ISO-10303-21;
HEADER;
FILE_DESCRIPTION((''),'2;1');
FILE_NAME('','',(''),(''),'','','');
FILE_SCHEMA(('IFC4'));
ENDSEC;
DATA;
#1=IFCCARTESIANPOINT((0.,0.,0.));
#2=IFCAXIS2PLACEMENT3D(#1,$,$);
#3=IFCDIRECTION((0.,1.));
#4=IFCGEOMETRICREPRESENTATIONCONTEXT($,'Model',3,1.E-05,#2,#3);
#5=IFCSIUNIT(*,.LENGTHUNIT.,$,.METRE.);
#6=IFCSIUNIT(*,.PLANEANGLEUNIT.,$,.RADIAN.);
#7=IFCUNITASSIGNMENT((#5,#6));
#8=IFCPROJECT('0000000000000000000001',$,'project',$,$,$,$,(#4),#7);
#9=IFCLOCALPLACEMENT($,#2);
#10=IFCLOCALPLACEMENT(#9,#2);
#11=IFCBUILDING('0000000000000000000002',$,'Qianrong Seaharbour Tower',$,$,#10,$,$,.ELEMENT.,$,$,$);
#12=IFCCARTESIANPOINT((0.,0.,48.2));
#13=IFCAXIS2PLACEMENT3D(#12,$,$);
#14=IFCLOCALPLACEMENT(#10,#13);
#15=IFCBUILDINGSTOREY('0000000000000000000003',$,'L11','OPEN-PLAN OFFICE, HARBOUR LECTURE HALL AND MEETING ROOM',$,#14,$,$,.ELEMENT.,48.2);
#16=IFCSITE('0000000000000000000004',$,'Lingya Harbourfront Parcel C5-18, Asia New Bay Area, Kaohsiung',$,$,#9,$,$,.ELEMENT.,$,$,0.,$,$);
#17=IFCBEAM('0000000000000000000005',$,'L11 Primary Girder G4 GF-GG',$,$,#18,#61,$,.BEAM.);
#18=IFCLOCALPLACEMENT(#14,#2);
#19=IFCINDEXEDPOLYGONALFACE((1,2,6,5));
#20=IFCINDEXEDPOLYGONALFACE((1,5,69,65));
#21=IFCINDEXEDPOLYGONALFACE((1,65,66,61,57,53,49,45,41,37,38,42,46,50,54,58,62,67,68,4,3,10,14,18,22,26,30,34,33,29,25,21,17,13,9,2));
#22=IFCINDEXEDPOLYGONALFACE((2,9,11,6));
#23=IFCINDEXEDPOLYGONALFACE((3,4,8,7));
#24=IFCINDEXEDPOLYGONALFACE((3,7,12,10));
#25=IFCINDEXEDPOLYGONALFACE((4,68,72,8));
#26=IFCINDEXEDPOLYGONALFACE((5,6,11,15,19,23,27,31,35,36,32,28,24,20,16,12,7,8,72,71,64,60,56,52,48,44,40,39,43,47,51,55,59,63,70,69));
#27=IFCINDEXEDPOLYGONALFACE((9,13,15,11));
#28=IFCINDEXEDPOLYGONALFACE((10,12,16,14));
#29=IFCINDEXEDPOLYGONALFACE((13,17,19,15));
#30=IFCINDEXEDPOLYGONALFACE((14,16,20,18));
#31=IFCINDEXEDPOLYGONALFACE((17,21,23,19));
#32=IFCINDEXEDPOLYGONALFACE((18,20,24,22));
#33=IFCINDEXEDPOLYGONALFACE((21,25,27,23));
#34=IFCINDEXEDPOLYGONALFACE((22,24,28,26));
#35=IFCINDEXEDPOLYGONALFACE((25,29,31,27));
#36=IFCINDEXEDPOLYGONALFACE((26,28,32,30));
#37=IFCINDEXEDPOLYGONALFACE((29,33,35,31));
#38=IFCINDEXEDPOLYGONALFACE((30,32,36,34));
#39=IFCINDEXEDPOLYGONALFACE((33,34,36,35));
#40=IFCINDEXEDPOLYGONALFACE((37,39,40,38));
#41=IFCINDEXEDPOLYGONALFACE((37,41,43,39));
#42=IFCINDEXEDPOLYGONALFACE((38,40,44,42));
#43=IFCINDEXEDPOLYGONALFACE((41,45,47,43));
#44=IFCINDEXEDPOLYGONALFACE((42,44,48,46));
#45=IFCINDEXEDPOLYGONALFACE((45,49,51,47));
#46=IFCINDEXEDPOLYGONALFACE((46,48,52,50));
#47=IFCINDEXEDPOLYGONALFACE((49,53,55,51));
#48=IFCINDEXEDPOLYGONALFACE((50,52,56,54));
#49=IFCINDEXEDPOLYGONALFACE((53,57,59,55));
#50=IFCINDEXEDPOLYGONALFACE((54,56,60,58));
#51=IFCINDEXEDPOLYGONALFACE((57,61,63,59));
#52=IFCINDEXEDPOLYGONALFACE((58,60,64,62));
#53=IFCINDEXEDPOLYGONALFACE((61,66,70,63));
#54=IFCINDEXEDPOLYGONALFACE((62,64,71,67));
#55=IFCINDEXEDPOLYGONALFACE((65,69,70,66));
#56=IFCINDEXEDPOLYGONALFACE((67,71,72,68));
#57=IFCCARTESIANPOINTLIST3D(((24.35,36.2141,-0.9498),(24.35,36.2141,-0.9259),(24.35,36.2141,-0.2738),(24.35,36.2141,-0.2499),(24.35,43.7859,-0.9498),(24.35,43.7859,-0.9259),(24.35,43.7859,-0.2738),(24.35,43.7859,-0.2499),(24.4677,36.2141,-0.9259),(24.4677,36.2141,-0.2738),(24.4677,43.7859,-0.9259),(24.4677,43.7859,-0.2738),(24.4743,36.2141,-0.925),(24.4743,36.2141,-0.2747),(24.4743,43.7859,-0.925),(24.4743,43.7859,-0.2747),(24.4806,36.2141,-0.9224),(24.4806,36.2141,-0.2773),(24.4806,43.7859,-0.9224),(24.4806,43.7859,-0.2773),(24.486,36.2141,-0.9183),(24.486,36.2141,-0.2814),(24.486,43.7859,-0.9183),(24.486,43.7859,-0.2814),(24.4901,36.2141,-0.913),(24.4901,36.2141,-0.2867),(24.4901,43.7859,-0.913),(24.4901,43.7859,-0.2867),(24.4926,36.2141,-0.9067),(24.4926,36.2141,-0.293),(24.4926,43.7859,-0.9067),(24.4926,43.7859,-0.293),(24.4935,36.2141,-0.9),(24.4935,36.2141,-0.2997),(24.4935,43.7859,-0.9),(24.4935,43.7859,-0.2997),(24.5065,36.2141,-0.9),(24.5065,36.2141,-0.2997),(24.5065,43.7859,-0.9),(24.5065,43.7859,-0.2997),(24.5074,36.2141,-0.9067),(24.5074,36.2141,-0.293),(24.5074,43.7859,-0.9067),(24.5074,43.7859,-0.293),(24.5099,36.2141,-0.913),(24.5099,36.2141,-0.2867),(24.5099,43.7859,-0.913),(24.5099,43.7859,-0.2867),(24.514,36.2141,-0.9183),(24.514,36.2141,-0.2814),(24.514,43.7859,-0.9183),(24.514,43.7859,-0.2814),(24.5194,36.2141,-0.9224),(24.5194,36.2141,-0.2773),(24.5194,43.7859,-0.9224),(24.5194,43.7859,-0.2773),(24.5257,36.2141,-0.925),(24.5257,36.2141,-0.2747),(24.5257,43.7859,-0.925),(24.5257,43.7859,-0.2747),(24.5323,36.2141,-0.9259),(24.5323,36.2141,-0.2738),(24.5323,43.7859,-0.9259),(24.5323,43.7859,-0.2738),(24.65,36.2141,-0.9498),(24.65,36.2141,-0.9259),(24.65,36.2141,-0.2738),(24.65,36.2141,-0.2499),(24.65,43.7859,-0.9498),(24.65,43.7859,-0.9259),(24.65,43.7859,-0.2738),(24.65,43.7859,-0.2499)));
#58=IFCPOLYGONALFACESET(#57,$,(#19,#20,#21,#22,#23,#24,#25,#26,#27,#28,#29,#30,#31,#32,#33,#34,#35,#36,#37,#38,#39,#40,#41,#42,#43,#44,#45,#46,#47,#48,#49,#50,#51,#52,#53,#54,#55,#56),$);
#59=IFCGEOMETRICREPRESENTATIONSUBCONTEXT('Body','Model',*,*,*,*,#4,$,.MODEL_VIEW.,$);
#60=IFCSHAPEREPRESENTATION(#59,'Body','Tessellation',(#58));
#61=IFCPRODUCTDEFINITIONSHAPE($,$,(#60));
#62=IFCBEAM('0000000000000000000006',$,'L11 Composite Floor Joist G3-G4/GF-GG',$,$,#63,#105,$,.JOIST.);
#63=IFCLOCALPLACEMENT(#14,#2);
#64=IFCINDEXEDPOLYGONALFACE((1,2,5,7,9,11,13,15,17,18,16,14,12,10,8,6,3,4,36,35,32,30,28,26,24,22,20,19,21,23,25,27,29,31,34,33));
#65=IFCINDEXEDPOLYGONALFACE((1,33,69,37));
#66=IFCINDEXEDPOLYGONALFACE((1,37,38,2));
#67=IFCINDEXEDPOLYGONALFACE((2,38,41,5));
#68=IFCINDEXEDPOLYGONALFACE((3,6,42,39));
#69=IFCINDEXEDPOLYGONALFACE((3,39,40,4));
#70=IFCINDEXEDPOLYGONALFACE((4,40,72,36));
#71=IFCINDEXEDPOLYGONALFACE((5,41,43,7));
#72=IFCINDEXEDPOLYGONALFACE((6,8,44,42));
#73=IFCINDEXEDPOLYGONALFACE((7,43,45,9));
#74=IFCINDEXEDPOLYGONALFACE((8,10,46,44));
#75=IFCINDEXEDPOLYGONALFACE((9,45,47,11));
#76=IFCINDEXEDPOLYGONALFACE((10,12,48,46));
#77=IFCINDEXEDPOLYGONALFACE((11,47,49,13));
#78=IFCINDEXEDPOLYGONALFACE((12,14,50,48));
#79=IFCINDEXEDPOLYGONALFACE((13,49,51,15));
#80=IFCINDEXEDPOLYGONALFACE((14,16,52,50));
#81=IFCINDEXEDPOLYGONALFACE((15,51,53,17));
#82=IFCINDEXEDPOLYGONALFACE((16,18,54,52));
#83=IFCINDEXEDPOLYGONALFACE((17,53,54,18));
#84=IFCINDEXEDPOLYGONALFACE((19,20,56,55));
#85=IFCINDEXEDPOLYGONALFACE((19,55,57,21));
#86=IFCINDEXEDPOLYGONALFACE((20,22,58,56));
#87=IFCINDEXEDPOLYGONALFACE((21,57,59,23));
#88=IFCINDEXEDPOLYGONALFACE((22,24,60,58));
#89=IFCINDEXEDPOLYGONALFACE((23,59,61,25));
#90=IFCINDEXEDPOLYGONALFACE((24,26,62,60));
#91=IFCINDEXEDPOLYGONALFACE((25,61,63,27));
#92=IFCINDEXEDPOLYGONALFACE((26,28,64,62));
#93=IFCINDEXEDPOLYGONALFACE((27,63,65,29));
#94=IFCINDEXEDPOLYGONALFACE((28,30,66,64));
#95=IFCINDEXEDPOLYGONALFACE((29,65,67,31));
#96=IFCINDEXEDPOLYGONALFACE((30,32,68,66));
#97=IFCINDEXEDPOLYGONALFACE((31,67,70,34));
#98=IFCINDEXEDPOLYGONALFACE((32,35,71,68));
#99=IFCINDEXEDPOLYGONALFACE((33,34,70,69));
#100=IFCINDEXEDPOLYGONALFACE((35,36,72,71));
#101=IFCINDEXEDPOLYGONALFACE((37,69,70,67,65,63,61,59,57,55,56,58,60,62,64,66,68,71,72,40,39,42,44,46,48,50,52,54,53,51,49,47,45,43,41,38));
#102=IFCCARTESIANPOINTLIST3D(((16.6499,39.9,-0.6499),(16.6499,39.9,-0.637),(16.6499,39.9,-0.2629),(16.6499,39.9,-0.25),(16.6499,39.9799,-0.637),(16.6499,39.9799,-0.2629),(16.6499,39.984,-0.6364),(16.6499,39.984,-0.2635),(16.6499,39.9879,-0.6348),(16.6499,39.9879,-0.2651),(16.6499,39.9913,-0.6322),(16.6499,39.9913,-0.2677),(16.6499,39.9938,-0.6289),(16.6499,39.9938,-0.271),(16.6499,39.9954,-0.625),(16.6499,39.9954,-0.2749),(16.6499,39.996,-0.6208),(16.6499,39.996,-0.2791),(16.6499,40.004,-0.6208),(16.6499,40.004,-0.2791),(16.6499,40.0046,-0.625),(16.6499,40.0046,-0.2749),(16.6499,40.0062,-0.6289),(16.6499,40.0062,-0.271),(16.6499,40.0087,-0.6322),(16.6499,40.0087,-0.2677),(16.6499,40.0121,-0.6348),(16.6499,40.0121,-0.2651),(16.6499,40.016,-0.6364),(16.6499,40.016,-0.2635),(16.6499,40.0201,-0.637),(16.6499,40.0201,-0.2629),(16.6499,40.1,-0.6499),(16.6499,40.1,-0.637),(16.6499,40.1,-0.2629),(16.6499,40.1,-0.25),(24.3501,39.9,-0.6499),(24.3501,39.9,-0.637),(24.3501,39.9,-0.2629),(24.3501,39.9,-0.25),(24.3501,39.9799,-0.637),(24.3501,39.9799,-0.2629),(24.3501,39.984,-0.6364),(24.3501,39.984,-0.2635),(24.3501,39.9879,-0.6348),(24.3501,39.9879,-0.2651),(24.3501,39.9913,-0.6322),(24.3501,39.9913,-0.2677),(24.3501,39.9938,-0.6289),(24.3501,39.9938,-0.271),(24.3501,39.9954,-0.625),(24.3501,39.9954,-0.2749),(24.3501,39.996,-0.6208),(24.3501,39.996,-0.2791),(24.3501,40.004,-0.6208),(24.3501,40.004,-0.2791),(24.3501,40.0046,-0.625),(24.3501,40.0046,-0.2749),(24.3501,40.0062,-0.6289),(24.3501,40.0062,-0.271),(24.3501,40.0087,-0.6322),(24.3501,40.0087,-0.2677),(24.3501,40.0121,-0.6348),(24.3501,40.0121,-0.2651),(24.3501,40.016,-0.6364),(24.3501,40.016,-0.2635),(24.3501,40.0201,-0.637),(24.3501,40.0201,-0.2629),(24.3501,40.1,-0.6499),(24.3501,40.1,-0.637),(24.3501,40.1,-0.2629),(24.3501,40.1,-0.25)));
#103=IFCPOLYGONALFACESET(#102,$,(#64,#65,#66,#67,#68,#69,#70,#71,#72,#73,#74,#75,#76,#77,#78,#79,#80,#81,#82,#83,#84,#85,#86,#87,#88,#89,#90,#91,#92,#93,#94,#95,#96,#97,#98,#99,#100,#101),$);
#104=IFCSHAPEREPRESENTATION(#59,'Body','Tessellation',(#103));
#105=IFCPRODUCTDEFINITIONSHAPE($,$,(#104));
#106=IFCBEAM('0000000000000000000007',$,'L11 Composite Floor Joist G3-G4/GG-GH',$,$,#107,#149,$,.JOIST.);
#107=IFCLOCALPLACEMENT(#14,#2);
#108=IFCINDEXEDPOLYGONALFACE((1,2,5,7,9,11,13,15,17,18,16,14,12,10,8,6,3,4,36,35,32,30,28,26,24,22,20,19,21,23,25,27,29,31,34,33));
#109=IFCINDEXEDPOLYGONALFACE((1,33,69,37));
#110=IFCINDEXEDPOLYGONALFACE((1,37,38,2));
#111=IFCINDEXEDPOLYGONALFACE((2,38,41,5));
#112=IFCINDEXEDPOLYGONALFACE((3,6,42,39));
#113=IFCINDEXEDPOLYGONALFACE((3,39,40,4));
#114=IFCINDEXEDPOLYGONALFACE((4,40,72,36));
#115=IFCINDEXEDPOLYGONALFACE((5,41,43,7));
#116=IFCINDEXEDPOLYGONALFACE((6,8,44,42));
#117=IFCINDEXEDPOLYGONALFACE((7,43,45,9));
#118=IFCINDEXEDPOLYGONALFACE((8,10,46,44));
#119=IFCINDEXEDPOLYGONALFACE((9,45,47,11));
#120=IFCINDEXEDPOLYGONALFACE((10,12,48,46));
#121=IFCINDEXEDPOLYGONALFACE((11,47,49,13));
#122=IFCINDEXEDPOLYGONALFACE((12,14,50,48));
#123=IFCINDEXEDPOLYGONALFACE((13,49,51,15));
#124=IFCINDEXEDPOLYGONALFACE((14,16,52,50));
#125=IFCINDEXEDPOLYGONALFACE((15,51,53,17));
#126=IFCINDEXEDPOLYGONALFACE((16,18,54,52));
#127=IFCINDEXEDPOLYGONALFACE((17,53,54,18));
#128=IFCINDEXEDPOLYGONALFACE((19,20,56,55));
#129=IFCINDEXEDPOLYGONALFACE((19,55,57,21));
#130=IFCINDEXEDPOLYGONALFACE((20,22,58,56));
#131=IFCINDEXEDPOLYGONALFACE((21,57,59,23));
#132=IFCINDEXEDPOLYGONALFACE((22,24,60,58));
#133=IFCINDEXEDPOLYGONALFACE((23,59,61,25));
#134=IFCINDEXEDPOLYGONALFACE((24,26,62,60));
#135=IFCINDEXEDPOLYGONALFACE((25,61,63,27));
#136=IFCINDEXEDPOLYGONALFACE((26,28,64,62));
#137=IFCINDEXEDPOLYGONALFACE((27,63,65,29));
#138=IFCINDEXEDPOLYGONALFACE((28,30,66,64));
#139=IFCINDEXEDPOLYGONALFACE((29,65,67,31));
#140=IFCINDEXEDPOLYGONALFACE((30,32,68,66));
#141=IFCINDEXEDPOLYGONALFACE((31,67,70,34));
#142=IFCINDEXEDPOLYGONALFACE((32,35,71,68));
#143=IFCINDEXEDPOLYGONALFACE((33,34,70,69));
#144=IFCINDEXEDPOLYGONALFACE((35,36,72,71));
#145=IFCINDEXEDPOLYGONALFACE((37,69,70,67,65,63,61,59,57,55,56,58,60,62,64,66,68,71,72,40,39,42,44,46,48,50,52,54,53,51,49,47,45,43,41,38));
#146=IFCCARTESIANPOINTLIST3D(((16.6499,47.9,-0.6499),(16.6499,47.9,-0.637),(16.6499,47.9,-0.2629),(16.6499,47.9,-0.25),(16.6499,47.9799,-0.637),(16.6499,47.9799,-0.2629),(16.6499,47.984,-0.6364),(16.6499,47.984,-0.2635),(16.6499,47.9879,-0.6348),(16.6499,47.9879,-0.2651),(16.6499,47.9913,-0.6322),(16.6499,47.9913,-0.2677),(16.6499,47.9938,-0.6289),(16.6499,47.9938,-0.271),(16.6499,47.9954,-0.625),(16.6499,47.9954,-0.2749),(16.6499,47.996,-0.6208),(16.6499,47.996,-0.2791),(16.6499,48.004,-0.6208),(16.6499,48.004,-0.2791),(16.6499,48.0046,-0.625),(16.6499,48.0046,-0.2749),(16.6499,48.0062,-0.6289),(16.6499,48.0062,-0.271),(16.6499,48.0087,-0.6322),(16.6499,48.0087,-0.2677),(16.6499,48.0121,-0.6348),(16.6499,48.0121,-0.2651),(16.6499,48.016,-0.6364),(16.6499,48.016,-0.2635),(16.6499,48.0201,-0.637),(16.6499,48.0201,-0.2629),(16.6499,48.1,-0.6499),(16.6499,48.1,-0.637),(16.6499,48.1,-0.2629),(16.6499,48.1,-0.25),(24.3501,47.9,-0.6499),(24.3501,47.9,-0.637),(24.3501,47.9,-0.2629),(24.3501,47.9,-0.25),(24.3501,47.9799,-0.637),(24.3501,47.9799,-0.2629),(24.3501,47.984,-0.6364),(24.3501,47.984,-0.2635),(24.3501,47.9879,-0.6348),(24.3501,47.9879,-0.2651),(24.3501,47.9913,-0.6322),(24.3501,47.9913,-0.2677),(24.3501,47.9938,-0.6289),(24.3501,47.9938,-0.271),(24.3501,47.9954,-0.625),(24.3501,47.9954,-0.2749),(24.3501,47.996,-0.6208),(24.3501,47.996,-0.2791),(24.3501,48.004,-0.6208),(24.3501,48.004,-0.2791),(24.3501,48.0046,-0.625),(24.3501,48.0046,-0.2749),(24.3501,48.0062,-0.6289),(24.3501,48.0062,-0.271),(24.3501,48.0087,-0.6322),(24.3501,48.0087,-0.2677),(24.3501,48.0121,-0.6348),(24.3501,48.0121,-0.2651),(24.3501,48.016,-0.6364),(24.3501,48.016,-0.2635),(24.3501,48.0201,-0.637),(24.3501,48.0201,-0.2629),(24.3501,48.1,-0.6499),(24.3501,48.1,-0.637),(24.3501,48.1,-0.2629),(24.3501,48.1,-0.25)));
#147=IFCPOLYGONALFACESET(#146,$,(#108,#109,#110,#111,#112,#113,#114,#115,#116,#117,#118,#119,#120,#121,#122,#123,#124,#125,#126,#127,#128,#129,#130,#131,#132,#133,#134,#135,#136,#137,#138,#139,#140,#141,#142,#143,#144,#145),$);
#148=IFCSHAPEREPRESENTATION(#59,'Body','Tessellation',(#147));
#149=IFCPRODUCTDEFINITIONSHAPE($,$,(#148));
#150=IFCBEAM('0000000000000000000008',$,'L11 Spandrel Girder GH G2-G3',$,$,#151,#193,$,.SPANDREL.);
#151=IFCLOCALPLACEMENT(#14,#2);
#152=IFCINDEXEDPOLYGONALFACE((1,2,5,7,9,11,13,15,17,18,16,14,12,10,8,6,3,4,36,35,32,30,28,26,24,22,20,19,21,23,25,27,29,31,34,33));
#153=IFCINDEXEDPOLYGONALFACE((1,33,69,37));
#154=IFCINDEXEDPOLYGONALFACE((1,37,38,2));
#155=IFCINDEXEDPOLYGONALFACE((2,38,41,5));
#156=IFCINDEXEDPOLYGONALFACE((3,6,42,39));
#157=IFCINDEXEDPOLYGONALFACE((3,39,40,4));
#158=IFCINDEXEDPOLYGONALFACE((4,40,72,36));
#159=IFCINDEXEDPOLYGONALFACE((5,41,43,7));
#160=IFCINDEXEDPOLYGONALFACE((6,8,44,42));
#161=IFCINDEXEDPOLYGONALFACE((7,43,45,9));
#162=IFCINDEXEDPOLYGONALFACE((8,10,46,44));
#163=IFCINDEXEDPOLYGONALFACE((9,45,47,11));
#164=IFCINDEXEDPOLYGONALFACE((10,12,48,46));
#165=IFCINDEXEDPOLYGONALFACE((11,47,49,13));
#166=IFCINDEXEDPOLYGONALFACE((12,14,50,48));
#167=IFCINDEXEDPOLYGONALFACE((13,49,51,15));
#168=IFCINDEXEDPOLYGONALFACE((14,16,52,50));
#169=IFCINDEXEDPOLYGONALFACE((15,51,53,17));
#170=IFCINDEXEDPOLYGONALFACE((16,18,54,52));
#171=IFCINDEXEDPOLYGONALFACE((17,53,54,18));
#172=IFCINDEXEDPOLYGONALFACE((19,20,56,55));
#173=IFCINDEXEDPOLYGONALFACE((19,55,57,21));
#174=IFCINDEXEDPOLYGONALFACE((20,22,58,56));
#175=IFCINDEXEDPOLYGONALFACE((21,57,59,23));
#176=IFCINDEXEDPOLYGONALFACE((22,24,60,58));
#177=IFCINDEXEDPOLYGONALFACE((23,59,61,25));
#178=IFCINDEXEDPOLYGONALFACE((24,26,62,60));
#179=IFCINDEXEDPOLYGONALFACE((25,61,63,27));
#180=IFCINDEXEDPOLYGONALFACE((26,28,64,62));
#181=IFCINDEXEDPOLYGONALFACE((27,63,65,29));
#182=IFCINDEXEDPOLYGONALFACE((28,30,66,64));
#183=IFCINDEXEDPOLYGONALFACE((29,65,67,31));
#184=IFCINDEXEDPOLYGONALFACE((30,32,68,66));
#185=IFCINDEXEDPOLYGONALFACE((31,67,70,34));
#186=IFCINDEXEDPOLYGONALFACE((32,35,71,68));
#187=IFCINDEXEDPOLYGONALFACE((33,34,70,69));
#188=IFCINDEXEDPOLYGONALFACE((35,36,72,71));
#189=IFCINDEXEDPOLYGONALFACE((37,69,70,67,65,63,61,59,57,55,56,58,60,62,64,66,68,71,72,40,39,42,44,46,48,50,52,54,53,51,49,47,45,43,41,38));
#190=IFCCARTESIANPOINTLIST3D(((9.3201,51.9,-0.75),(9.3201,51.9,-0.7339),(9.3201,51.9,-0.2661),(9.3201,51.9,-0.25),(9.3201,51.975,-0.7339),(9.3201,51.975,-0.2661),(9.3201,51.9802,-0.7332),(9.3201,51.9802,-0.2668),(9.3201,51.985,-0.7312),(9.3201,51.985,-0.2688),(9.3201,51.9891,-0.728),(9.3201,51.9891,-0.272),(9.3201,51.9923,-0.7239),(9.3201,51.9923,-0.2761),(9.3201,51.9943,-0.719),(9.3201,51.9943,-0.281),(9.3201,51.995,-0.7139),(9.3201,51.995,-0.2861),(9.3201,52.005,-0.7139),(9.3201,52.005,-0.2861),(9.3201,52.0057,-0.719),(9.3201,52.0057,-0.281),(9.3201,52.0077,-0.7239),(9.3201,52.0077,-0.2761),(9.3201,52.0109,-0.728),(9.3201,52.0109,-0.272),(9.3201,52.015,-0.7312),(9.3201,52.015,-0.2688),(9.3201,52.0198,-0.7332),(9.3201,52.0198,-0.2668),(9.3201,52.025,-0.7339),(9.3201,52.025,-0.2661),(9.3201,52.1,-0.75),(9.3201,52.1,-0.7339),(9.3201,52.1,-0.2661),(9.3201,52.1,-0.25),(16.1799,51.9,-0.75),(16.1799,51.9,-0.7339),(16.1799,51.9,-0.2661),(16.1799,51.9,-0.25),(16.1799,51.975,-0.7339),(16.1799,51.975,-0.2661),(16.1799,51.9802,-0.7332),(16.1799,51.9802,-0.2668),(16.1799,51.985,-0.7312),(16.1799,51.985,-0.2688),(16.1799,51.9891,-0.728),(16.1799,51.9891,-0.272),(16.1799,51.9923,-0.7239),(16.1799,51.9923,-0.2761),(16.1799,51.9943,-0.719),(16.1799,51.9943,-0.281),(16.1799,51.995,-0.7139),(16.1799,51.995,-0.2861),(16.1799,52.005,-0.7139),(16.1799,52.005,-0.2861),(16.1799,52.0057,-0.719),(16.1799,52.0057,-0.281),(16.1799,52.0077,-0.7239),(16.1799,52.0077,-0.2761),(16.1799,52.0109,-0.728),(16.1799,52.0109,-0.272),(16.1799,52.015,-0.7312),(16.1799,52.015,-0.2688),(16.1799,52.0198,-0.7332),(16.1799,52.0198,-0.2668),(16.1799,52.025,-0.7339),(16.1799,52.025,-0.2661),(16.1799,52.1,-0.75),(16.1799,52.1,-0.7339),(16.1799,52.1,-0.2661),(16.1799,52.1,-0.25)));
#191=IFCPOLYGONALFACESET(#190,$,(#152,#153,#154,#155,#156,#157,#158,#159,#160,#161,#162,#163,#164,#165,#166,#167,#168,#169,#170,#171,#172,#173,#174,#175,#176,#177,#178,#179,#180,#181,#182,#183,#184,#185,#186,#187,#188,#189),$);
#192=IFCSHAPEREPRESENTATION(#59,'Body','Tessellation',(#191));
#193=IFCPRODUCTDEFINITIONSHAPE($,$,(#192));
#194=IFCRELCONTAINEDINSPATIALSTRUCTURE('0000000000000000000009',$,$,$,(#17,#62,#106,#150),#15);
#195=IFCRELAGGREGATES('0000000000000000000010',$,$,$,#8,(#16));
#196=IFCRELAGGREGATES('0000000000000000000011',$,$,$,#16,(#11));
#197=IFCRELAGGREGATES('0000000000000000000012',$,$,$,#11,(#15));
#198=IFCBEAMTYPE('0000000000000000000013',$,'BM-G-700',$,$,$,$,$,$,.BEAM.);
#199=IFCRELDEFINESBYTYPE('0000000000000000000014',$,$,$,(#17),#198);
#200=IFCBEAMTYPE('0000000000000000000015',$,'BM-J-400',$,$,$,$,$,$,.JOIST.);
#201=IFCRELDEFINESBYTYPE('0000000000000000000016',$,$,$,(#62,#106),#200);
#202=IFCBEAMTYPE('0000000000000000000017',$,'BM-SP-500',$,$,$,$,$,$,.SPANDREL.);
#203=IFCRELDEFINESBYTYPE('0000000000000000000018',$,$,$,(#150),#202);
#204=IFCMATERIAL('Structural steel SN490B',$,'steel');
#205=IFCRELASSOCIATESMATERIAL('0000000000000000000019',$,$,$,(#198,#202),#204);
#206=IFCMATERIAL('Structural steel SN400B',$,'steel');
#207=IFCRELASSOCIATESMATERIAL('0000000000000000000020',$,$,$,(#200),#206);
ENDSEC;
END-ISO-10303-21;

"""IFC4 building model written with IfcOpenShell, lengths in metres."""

from ifc_helpers import new_model, si_unit, direction, frame, origin, origin_2d, place, context, subcontext, project, spatial, i_section, extrude, material, material_profile, profile_set, type_object, element, save


model = new_model("IFC4")

# Units and contexts
model_context = context("Model", 3, precision=1e-05, world=origin(), true_north=direction((0.0, 1.0)))
body_context = subcontext(model_context, "Body", "Model", "MODEL_VIEW")
ifc_project = project(units=[si_unit("LENGTHUNIT", "METRE"), si_unit("PLANEANGLEUNIT", "RADIAN")], contexts=[model_context])

# Site, building, storey
site_placement = place(None, origin())
site = spatial("IfcSite", under=ifc_project, at=site_placement, Name="Lingya Harbourfront Parcel C5-18, Asia New Bay Area, Kaohsiung", CompositionType="ELEMENT", RefElevation=0.0)
building_placement = place(site_placement, origin())
building = spatial("IfcBuilding", under=site, at=building_placement, Name="Qianrong Seaharbour Tower", CompositionType="ELEMENT")
storey_placement = place(building_placement, frame((0.0, 0.0, 48.2)))
storey = spatial("IfcBuildingStorey", under=building, at=storey_placement, Name="L11", Description="OPEN-PLAN OFFICE, HARBOUR LECTURE HALL AND MEETING ROOM", CompositionType="ELEMENT", Elevation=48.2)

# Shared definitions
ifc_material_1 = material(Name="Structural steel SN490B", Category="steel")

# Beams
ifc_material_profile_1 = material_profile(ifc_material_1, i_section(OverallWidth=0.3, OverallDepth=0.7, WebThickness=0.0129, FlangeThickness=0.0239, FilletRadius=0.0259, at=origin_2d()), Name="H700x300x13x24")
ifc_profile_set_1 = profile_set([ifc_material_profile_1], Name="Structural steel SN490B")
beam_type_1 = type_object("IfcBeamType", Name="BM-G-700", PredefinedType="BEAM", material=ifc_profile_set_1)
beam_1_placement = place(storey_placement, frame((24.5, 36.2141, -0.5999), z_axis=(0.0, 1.0, 0.0), x_axis=(-1.0, 0.0, 0.0)))
element("IfcBeam", 1, at=beam_1_placement, inside=storey, type_object=beam_type_1, Name="L11 Primary Girder G4 GF-GG", PredefinedType="BEAM", context=body_context, shape_type="SweptSolid", body=[
    extrude(i_section(OverallWidth=0.3, OverallDepth=0.7, WebThickness=0.0129, FlangeThickness=0.0239, FilletRadius=0.0259, at=origin_2d()), origin(), (0.0, 0.0, 1.0), 7.5718),
])
ifc_material_2 = material(Name="Structural steel SN400B", Category="steel")
ifc_material_profile_2 = material_profile(ifc_material_2, i_section(OverallWidth=0.2, OverallDepth=0.3999, WebThickness=0.0081, FlangeThickness=0.0129, FilletRadius=0.0161, at=origin_2d()), Name="H400x200x8x13")
ifc_profile_set_2 = profile_set([ifc_material_profile_2], Name="Structural steel SN400B")
beam_type_2 = type_object("IfcBeamType", Name="BM-J-400", PredefinedType="JOIST", material=ifc_profile_set_2)
for number, where, z_axis, x_axis, name in (
    (2, (16.6499, 40.0, -0.45), (1.0, 0.0, 0.0), (0.0, 1.0, 0.0), "L11 Composite Floor Joist G3-G4/GF-GG"),
    (3, (16.6499, 48.0, -0.45), (1.0, 0.0, 0.0), (0.0, 1.0, 0.0), "L11 Composite Floor Joist G3-G4/GG-GH"),
):
    element("IfcBeam", number, at=place(storey_placement, frame(where, z_axis=z_axis, x_axis=x_axis)), inside=storey, type_object=beam_type_2, Name=name, PredefinedType="JOIST", context=body_context, shape_type="SweptSolid", body=[
        extrude(i_section(OverallWidth=0.2, OverallDepth=0.3999, WebThickness=0.0081, FlangeThickness=0.0129, FilletRadius=0.0161, at=origin_2d()), origin(), (0.0, 0.0, 1.0), 7.7002),
    ])
ifc_material_profile_3 = material_profile(ifc_material_1, i_section(OverallWidth=0.2, OverallDepth=0.5, WebThickness=0.01, FlangeThickness=0.0161, FilletRadius=0.02, at=origin_2d()), Name="H500x200x10x16")
ifc_profile_set_3 = profile_set([ifc_material_profile_3], Name="Structural steel SN490B")
beam_type_3 = type_object("IfcBeamType", Name="BM-SP-500", PredefinedType="SPANDREL", material=ifc_profile_set_3)
beam_2_placement = place(storey_placement, frame((9.3201, 52.0, -0.5), z_axis=(1.0, 0.0, 0.0), x_axis=(0.0, 1.0, 0.0)))
element("IfcBeam", 4, at=beam_2_placement, inside=storey, type_object=beam_type_3, Name="L11 Spandrel Girder GH G2-G3", PredefinedType="SPANDREL", context=body_context, shape_type="SweptSolid", body=[
    extrude(i_section(OverallWidth=0.2, OverallDepth=0.5, WebThickness=0.01, FlangeThickness=0.0161, FilletRadius=0.02, at=origin_2d()), origin(), (0.0, 0.0, 1.0), 6.8599),
])

save(model, "model.ifc")
